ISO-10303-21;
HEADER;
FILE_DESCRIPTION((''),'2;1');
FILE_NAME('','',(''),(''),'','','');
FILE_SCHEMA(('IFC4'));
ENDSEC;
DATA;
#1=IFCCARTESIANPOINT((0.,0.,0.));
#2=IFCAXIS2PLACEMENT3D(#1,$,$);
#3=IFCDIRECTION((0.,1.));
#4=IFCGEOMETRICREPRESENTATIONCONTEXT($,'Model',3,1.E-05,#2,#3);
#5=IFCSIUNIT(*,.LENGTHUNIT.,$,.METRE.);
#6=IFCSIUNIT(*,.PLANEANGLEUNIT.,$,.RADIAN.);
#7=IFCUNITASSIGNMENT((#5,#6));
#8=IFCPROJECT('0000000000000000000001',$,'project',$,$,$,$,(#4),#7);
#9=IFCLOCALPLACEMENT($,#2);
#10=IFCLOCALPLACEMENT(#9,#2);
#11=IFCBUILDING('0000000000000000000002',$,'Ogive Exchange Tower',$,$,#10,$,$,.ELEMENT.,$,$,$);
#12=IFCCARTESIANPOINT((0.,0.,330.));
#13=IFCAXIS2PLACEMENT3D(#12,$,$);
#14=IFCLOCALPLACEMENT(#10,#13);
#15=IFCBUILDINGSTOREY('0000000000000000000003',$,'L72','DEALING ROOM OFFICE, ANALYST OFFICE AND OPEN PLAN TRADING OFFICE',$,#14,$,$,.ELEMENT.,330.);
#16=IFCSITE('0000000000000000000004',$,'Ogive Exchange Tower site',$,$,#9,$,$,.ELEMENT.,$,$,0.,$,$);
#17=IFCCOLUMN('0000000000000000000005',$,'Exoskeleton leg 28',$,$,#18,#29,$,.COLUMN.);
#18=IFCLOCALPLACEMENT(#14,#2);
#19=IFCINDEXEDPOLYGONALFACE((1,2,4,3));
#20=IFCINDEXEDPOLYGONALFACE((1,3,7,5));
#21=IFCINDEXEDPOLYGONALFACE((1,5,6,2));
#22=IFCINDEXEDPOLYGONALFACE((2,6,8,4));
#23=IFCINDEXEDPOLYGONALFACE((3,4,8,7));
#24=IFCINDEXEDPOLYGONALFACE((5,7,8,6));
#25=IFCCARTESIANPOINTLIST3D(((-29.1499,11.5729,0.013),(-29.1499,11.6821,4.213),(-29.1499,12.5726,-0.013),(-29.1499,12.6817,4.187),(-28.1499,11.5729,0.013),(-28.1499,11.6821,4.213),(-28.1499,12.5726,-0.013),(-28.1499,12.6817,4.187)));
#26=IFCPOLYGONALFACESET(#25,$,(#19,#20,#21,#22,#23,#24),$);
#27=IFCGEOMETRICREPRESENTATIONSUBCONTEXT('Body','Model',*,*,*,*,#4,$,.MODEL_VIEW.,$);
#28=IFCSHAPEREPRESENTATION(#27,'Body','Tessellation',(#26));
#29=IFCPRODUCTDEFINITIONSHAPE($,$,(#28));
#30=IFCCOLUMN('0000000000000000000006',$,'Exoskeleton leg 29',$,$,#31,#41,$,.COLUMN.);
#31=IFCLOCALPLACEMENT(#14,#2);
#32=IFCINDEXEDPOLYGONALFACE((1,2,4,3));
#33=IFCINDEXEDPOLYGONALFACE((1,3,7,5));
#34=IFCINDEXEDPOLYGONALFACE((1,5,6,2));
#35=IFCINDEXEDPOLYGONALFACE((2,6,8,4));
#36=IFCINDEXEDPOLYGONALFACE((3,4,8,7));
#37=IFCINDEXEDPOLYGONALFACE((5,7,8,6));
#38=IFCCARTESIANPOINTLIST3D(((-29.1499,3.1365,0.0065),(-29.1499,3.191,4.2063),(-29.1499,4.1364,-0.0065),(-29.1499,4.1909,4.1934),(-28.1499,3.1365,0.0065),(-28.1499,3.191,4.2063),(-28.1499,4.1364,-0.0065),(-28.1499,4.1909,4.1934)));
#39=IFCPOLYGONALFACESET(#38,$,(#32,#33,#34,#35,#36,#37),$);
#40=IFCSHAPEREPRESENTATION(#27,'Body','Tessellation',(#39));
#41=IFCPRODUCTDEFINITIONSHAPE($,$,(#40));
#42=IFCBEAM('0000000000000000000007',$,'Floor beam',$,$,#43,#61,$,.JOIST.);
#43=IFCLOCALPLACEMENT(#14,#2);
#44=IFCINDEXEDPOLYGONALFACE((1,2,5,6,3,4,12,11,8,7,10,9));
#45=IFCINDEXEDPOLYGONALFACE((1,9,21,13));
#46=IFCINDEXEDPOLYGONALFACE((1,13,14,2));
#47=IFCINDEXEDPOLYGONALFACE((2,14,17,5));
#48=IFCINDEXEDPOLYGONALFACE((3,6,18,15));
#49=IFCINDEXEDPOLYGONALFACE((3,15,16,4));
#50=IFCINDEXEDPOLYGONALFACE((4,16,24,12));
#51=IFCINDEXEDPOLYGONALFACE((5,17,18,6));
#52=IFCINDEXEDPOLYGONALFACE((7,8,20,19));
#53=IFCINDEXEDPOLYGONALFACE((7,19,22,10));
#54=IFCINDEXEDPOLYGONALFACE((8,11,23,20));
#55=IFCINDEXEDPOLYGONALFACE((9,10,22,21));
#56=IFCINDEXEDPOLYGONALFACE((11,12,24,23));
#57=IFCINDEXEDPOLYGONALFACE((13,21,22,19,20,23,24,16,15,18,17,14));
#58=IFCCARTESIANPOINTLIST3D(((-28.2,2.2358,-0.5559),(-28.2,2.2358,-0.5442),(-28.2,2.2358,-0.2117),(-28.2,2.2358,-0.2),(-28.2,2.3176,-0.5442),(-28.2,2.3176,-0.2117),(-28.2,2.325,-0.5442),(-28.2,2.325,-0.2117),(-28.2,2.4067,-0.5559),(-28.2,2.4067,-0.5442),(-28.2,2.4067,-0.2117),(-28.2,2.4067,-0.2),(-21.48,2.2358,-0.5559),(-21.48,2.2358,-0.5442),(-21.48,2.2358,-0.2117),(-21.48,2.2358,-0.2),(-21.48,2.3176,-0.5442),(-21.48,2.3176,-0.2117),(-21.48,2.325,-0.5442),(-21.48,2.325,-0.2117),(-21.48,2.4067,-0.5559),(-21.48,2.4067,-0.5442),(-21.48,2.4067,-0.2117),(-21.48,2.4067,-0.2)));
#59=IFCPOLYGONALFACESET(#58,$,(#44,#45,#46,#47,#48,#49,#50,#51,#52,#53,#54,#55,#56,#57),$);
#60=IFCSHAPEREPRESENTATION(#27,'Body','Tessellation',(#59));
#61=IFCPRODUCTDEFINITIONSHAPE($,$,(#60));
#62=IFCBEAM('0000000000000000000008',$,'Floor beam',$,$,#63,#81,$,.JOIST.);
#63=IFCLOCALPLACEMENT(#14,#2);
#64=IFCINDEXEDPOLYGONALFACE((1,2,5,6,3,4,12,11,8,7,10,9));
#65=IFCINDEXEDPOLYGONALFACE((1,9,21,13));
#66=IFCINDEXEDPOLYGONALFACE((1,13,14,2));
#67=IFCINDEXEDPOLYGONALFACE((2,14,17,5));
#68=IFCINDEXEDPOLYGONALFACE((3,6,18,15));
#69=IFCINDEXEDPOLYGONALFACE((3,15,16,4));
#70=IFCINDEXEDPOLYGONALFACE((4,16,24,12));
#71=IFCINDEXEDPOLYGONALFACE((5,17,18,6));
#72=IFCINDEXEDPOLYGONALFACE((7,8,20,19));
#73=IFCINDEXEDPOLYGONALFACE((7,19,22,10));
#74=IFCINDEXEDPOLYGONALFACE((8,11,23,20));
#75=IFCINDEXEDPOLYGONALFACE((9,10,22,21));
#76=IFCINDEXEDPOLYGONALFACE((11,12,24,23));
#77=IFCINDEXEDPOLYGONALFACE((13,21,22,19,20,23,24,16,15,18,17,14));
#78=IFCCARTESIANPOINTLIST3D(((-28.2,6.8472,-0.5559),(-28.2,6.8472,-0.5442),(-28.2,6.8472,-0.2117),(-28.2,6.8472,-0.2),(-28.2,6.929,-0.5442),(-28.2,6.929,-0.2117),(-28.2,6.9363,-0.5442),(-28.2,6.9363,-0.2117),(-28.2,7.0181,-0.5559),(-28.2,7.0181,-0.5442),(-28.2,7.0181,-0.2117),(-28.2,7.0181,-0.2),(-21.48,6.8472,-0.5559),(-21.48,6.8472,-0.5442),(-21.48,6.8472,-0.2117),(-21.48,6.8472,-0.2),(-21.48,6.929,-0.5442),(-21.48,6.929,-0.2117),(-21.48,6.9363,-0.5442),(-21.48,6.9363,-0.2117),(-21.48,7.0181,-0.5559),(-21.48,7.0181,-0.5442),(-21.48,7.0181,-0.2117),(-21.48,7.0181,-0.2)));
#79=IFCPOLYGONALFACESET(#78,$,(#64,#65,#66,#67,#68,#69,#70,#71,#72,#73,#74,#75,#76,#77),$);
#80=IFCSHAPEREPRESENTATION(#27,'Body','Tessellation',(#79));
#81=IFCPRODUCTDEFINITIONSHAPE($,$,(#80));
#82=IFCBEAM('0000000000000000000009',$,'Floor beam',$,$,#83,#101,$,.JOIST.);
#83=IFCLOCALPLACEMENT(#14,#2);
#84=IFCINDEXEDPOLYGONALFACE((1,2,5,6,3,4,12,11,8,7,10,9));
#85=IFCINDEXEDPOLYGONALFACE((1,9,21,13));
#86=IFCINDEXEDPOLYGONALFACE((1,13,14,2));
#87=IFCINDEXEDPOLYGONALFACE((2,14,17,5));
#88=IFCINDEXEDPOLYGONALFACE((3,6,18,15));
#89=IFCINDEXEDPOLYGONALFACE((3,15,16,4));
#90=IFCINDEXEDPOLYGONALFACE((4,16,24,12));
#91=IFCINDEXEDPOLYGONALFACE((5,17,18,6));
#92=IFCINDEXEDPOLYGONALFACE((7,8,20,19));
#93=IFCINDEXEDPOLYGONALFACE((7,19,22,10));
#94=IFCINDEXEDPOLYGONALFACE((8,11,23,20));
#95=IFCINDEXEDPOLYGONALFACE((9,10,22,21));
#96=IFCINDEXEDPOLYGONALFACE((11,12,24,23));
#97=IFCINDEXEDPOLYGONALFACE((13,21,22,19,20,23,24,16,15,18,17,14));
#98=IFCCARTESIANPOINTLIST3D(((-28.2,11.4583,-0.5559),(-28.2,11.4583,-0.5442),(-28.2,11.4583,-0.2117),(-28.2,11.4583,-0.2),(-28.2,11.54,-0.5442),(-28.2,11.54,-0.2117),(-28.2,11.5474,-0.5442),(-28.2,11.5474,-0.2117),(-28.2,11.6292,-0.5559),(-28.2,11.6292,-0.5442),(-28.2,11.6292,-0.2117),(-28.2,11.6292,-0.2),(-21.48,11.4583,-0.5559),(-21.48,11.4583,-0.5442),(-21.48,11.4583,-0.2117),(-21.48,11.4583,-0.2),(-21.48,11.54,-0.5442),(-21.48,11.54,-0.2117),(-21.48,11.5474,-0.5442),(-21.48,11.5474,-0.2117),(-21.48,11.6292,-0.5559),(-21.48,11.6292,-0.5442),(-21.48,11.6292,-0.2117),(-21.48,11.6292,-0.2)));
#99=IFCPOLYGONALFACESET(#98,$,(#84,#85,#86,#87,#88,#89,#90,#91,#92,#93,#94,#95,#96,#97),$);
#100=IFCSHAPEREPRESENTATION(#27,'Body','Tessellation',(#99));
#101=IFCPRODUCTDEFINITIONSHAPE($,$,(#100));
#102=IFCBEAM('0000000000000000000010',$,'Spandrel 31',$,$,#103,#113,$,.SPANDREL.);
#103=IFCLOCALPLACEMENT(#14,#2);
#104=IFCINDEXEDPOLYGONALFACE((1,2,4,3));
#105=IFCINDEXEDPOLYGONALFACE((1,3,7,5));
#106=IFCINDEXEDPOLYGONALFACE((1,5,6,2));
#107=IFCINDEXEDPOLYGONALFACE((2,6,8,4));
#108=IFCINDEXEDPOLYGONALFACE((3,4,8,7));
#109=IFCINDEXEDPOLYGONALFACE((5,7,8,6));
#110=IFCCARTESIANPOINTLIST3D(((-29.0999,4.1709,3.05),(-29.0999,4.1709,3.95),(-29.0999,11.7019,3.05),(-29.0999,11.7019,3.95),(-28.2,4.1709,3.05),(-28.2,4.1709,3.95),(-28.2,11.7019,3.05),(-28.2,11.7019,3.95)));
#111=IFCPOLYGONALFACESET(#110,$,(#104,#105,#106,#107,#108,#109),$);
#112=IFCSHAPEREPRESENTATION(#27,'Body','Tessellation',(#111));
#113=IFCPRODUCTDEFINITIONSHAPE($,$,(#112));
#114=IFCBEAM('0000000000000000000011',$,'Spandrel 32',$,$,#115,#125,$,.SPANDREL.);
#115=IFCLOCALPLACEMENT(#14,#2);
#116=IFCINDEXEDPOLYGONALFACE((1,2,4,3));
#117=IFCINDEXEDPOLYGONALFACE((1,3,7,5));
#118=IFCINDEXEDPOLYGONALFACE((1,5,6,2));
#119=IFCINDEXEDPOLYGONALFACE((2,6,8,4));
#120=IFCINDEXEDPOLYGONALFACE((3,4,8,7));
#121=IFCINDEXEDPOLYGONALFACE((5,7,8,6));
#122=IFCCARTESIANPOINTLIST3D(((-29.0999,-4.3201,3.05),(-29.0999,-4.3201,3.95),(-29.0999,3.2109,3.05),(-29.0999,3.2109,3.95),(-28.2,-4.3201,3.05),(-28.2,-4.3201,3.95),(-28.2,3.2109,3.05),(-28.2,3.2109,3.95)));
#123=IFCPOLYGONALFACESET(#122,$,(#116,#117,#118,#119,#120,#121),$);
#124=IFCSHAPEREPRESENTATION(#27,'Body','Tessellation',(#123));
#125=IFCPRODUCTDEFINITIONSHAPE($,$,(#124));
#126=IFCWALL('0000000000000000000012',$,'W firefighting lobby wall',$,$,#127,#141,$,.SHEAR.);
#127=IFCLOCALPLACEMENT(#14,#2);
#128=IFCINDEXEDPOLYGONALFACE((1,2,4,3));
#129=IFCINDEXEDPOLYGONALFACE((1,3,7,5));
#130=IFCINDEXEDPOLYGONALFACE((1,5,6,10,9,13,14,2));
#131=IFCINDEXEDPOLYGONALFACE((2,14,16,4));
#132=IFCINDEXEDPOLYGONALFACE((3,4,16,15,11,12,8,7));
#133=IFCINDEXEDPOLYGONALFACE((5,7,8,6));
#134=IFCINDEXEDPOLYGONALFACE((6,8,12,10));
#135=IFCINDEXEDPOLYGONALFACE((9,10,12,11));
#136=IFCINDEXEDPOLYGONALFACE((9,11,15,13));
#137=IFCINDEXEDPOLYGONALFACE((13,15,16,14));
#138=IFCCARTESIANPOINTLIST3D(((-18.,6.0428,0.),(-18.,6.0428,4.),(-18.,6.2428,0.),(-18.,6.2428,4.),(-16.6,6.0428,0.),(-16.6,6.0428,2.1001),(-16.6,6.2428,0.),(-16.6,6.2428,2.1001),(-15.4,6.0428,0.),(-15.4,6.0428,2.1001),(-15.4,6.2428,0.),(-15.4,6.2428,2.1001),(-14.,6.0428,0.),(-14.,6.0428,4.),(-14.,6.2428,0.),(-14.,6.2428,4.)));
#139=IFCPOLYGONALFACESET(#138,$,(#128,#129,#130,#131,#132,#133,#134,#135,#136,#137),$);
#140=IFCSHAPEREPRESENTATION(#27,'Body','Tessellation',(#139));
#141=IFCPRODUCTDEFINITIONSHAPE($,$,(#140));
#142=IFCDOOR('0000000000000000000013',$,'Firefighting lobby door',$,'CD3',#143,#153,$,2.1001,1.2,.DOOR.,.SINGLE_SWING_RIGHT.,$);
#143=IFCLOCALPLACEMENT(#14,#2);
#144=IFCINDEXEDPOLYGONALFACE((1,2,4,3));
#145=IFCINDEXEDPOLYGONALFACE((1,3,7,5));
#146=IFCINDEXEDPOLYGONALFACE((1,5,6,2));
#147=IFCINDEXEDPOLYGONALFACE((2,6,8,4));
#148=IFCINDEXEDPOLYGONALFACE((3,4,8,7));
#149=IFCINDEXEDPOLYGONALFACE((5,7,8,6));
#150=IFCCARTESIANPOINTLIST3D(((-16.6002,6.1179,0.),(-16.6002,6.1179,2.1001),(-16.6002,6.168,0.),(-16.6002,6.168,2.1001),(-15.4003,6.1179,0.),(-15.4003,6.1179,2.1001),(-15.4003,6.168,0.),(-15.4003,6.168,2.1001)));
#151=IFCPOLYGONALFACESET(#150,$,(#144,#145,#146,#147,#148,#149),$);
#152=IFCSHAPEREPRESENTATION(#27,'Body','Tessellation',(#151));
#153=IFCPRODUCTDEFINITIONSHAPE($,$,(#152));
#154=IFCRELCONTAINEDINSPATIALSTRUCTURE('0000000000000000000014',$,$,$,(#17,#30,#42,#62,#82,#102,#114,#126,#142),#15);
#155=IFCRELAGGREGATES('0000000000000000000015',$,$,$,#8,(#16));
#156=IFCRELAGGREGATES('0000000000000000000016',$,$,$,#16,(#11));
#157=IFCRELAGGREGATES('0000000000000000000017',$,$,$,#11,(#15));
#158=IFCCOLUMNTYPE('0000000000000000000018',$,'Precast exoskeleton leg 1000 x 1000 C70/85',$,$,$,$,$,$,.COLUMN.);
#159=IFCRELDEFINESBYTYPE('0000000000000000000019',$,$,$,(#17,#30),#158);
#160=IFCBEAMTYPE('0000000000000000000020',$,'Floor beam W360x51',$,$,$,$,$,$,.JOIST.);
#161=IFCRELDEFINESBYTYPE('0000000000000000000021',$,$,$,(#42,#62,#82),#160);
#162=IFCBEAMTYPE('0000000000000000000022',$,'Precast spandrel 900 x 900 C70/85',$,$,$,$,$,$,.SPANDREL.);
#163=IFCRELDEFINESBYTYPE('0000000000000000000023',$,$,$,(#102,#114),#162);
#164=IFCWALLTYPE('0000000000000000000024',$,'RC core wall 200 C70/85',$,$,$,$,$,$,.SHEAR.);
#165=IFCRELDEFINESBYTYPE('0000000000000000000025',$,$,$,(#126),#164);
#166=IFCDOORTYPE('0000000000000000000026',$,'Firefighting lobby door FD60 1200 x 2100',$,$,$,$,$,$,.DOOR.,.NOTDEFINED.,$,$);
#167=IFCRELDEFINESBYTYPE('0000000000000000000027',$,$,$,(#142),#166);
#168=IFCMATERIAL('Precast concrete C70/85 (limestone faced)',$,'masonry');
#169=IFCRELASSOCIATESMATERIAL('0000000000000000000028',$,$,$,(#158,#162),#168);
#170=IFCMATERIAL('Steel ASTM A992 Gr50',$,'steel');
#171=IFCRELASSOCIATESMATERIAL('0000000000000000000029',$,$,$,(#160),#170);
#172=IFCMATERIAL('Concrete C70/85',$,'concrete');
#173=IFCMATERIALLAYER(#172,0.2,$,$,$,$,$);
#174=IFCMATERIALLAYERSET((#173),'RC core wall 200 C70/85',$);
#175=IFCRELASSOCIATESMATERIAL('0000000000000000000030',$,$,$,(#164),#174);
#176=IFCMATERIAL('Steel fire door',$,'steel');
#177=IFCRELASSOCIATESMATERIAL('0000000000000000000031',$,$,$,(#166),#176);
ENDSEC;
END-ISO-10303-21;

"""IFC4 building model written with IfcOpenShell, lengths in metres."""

from ifc_helpers import new_model, si_unit, direction, frame, frame_2d, origin, origin_2d, place, context, subcontext, project, spatial, rectangle, i_section, extrude, material, layer, layer_set, material_profile, profile_set, type_object, element, fill, save


model = new_model("IFC4")

# Units and contexts
model_context = context("Model", 3, precision=1e-05, world=origin(), true_north=direction((0.0, 1.0)))
body_context = subcontext(model_context, "Body", "Model", "MODEL_VIEW")
ifc_project = project(units=[si_unit("LENGTHUNIT", "METRE"), si_unit("PLANEANGLEUNIT", "RADIAN")], contexts=[model_context])

# Site, building, storey
site_placement = place(None, origin())
site = spatial("IfcSite", under=ifc_project, at=site_placement, Name="Ogive Exchange Tower site", CompositionType="ELEMENT", RefElevation=0.0)
building_placement = place(site_placement, origin())
building = spatial("IfcBuilding", under=site, at=building_placement, Name="Ogive Exchange Tower", CompositionType="ELEMENT")
storey_placement = place(building_placement, frame((0.0, 0.0, 330.0)))
storey = spatial("IfcBuildingStorey", under=building, at=storey_placement, Name="L72", Description="DEALING ROOM OFFICE, ANALYST OFFICE AND OPEN PLAN TRADING OFFICE", CompositionType="ELEMENT", Elevation=330.0)

# Columns
ifc_material_1 = material(Name="Precast concrete C70/85 (limestone faced)", Category="masonry")
ifc_material_profile_1 = material_profile(ifc_material_1, rectangle(XDim=1.0, YDim=1.0, at=origin_2d()), Name="1000 x 1000")
ifc_profile_set_1 = profile_set([ifc_material_profile_1], Name="Precast concrete C70/85 (limestone faced)")
column_type = type_object("IfcColumnType", Name="Precast exoskeleton leg 1000 x 1000 C70/85", PredefinedType="COLUMN", material=ifc_profile_set_1)
column_1_placement = place(storey_placement, frame((-28.6499, 12.0728, 0.0), z_axis=(0.0, 0.025975, 0.999663), x_axis=(-1.0, 0.0, 0.0)))
element("IfcColumn", 1, at=column_1_placement, inside=storey, type_object=column_type, Name="Exoskeleton leg 28", PredefinedType="COLUMN", context=body_context, shape_type="SweptSolid", body=[
    extrude(rectangle(XDim=1.0, YDim=1.0, at=origin_2d()), origin(), (0.0, 0.0, 1.0), 4.2014),
])
column_2_placement = place(storey_placement, frame((-28.6499, 3.6365, 0.0), z_axis=(0.0, 0.012962, 0.999916), x_axis=(-1.0, 0.0, 0.0)))
element("IfcColumn", 2, at=column_2_placement, inside=storey, type_object=column_type, Name="Exoskeleton leg 29", PredefinedType="COLUMN", context=body_context, shape_type="SweptSolid", body=[
    extrude(rectangle(XDim=1.0, YDim=1.0, at=origin_2d()), origin(), (0.0, 0.0, 1.0), 4.2002),
])

# Beams
ifc_material_2 = material(Name="Steel ASTM A992 Gr50", Category="steel")
ifc_material_profile_2 = material_profile(ifc_material_2, i_section(OverallWidth=0.1709, OverallDepth=0.356, WebThickness=0.0073, FlangeThickness=0.0117, at=origin_2d()), Name="W360x51")
ifc_profile_set_2 = profile_set([ifc_material_profile_2], Name="Steel ASTM A992 Gr50")
beam_type_1 = type_object("IfcBeamType", Name="Floor beam W360x51", PredefinedType="JOIST", material=ifc_profile_set_2)
for number, where, z_axis, x_axis, name in (
    (3, (-28.2, 2.3213, -0.3779), (1.0, 0.0, 0.0), (0.0, 1.0, 0.0), "Floor beam"),
    (4, (-28.2, 6.9326, -0.3779), (1.0, 0.0, 0.0), (0.0, 1.0, 0.0), "Floor beam"),
    (5, (-28.2, 11.5437, -0.3779), (1.0, 0.0, 0.0), (0.0, 1.0, 0.0), "Floor beam"),
):
    element("IfcBeam", number, at=place(storey_placement, frame(where, z_axis=z_axis, x_axis=x_axis)), inside=storey, type_object=beam_type_1, Name=name, PredefinedType="JOIST", context=body_context, shape_type="SweptSolid", body=[
        extrude(i_section(OverallWidth=0.1709, OverallDepth=0.356, WebThickness=0.0073, FlangeThickness=0.0117, at=origin_2d()), origin(), (0.0, 0.0, 1.0), 6.72),
    ])
ifc_material_profile_3 = material_profile(ifc_material_1, rectangle(XDim=0.8999, YDim=0.8999, at=origin_2d()), Name="900 x 900")
ifc_profile_set_3 = profile_set([ifc_material_profile_3], Name="Precast concrete C70/85 (limestone faced)")
beam_type_2 = type_object("IfcBeamType", Name="Precast spandrel 900 x 900 C70/85", PredefinedType="SPANDREL", material=ifc_profile_set_3)
for number, where, z_axis, x_axis, name in (
    (6, (-28.6499, 11.7019, 3.5), (0.0, -1.0, 0.0), (1.0, 0.0, 0.0), "Spandrel 31"),
    (7, (-28.6499, 3.2109, 3.5), (0.0, -1.0, 0.0), (1.0, 0.0, 0.0), "Spandrel 32"),
):
    element("IfcBeam", number, at=place(storey_placement, frame(where, z_axis=z_axis, x_axis=x_axis)), inside=storey, type_object=beam_type_2, Name=name, PredefinedType="SPANDREL", context=body_context, shape_type="SweptSolid", body=[
        extrude(rectangle(XDim=0.8999, YDim=0.8999, at=origin_2d()), origin(), (0.0, 0.0, 1.0), 7.531),
    ])

# Wall, opening, door
ifc_material_3 = material(Name="Concrete C70/85", Category="concrete")
ifc_layer_1 = layer(ifc_material_3, 0.2)
ifc_layer_set_1 = layer_set([ifc_layer_1], Name="RC core wall 200 C70/85")
wall_type_1 = type_object("IfcWallType", Name="RC core wall 200 C70/85", PredefinedType="SHEAR", material=ifc_layer_set_1)
wall_1_placement = place(storey_placement, frame((-18.0, 6.1428, 0.0), z_axis=(0.0, 0.0, 1.0), x_axis=(1.0, 0.0, 0.0)))
wall_1 = element("IfcWall", 8, at=wall_1_placement, inside=storey, type_object=wall_type_1, Name="W firefighting lobby wall", PredefinedType="SHEAR", context=body_context, shape_type="SweptSolid", body=[
    extrude(rectangle(XDim=4.0, YDim=0.2, at=frame_2d((2.0, 0.0))), origin(), (0.0, 0.0, 1.0), 4.0),
])
opening_1_placement = place(wall_1_placement, frame((1.3999, 0.0, 0.0)))
opening_1 = element("IfcOpeningElement", 9, at=opening_1_placement, cuts=wall_1, PredefinedType="OPENING", context=body_context, shape_type="SweptSolid", body=[
    extrude(rectangle(XDim=1.2, YDim=2.1001, at=frame_2d((0.6001, 1.05))), frame((0.0, 0.1099, 0.0), z_axis=(0.0, -1.0, 0.0), x_axis=(1.0, 0.0, 0.0)), (0.0, 0.0, 1.0), 0.22),
])
ifc_material_4 = material(Name="Steel fire door", Category="steel")
door_type_1 = type_object("IfcDoorType", Name="Firefighting lobby door FD60 1200 x 2100", OperationType="NOTDEFINED", PredefinedType="DOOR", material=ifc_material_4)
door_1_placement = place(opening_1_placement, frame((1.2, 0.0, 0.0), z_axis=(0.0, 0.0, 1.0), x_axis=(-1.0, 0.0, 0.0)))
door_1 = element("IfcDoor", 10, at=door_1_placement, inside=storey, type_object=door_type_1, Name="Firefighting lobby door", ObjectType="CD3", OperationType="SINGLE_SWING_RIGHT", OverallHeight=2.1001, OverallWidth=1.2, PredefinedType="DOOR", context=body_context, shape_type="SweptSolid", body=[
    extrude(rectangle(XDim=1.2, YDim=2.1001, at=frame_2d((0.6001, 1.05))), frame((0.0, 0.0249, 0.0), z_axis=(0.0, -1.0, 0.0), x_axis=(1.0, 0.0, 0.0)), (0.0, 0.0, 1.0), 0.05),
])
fill(opening_1, door_1)

save(model, "model.ifc")
